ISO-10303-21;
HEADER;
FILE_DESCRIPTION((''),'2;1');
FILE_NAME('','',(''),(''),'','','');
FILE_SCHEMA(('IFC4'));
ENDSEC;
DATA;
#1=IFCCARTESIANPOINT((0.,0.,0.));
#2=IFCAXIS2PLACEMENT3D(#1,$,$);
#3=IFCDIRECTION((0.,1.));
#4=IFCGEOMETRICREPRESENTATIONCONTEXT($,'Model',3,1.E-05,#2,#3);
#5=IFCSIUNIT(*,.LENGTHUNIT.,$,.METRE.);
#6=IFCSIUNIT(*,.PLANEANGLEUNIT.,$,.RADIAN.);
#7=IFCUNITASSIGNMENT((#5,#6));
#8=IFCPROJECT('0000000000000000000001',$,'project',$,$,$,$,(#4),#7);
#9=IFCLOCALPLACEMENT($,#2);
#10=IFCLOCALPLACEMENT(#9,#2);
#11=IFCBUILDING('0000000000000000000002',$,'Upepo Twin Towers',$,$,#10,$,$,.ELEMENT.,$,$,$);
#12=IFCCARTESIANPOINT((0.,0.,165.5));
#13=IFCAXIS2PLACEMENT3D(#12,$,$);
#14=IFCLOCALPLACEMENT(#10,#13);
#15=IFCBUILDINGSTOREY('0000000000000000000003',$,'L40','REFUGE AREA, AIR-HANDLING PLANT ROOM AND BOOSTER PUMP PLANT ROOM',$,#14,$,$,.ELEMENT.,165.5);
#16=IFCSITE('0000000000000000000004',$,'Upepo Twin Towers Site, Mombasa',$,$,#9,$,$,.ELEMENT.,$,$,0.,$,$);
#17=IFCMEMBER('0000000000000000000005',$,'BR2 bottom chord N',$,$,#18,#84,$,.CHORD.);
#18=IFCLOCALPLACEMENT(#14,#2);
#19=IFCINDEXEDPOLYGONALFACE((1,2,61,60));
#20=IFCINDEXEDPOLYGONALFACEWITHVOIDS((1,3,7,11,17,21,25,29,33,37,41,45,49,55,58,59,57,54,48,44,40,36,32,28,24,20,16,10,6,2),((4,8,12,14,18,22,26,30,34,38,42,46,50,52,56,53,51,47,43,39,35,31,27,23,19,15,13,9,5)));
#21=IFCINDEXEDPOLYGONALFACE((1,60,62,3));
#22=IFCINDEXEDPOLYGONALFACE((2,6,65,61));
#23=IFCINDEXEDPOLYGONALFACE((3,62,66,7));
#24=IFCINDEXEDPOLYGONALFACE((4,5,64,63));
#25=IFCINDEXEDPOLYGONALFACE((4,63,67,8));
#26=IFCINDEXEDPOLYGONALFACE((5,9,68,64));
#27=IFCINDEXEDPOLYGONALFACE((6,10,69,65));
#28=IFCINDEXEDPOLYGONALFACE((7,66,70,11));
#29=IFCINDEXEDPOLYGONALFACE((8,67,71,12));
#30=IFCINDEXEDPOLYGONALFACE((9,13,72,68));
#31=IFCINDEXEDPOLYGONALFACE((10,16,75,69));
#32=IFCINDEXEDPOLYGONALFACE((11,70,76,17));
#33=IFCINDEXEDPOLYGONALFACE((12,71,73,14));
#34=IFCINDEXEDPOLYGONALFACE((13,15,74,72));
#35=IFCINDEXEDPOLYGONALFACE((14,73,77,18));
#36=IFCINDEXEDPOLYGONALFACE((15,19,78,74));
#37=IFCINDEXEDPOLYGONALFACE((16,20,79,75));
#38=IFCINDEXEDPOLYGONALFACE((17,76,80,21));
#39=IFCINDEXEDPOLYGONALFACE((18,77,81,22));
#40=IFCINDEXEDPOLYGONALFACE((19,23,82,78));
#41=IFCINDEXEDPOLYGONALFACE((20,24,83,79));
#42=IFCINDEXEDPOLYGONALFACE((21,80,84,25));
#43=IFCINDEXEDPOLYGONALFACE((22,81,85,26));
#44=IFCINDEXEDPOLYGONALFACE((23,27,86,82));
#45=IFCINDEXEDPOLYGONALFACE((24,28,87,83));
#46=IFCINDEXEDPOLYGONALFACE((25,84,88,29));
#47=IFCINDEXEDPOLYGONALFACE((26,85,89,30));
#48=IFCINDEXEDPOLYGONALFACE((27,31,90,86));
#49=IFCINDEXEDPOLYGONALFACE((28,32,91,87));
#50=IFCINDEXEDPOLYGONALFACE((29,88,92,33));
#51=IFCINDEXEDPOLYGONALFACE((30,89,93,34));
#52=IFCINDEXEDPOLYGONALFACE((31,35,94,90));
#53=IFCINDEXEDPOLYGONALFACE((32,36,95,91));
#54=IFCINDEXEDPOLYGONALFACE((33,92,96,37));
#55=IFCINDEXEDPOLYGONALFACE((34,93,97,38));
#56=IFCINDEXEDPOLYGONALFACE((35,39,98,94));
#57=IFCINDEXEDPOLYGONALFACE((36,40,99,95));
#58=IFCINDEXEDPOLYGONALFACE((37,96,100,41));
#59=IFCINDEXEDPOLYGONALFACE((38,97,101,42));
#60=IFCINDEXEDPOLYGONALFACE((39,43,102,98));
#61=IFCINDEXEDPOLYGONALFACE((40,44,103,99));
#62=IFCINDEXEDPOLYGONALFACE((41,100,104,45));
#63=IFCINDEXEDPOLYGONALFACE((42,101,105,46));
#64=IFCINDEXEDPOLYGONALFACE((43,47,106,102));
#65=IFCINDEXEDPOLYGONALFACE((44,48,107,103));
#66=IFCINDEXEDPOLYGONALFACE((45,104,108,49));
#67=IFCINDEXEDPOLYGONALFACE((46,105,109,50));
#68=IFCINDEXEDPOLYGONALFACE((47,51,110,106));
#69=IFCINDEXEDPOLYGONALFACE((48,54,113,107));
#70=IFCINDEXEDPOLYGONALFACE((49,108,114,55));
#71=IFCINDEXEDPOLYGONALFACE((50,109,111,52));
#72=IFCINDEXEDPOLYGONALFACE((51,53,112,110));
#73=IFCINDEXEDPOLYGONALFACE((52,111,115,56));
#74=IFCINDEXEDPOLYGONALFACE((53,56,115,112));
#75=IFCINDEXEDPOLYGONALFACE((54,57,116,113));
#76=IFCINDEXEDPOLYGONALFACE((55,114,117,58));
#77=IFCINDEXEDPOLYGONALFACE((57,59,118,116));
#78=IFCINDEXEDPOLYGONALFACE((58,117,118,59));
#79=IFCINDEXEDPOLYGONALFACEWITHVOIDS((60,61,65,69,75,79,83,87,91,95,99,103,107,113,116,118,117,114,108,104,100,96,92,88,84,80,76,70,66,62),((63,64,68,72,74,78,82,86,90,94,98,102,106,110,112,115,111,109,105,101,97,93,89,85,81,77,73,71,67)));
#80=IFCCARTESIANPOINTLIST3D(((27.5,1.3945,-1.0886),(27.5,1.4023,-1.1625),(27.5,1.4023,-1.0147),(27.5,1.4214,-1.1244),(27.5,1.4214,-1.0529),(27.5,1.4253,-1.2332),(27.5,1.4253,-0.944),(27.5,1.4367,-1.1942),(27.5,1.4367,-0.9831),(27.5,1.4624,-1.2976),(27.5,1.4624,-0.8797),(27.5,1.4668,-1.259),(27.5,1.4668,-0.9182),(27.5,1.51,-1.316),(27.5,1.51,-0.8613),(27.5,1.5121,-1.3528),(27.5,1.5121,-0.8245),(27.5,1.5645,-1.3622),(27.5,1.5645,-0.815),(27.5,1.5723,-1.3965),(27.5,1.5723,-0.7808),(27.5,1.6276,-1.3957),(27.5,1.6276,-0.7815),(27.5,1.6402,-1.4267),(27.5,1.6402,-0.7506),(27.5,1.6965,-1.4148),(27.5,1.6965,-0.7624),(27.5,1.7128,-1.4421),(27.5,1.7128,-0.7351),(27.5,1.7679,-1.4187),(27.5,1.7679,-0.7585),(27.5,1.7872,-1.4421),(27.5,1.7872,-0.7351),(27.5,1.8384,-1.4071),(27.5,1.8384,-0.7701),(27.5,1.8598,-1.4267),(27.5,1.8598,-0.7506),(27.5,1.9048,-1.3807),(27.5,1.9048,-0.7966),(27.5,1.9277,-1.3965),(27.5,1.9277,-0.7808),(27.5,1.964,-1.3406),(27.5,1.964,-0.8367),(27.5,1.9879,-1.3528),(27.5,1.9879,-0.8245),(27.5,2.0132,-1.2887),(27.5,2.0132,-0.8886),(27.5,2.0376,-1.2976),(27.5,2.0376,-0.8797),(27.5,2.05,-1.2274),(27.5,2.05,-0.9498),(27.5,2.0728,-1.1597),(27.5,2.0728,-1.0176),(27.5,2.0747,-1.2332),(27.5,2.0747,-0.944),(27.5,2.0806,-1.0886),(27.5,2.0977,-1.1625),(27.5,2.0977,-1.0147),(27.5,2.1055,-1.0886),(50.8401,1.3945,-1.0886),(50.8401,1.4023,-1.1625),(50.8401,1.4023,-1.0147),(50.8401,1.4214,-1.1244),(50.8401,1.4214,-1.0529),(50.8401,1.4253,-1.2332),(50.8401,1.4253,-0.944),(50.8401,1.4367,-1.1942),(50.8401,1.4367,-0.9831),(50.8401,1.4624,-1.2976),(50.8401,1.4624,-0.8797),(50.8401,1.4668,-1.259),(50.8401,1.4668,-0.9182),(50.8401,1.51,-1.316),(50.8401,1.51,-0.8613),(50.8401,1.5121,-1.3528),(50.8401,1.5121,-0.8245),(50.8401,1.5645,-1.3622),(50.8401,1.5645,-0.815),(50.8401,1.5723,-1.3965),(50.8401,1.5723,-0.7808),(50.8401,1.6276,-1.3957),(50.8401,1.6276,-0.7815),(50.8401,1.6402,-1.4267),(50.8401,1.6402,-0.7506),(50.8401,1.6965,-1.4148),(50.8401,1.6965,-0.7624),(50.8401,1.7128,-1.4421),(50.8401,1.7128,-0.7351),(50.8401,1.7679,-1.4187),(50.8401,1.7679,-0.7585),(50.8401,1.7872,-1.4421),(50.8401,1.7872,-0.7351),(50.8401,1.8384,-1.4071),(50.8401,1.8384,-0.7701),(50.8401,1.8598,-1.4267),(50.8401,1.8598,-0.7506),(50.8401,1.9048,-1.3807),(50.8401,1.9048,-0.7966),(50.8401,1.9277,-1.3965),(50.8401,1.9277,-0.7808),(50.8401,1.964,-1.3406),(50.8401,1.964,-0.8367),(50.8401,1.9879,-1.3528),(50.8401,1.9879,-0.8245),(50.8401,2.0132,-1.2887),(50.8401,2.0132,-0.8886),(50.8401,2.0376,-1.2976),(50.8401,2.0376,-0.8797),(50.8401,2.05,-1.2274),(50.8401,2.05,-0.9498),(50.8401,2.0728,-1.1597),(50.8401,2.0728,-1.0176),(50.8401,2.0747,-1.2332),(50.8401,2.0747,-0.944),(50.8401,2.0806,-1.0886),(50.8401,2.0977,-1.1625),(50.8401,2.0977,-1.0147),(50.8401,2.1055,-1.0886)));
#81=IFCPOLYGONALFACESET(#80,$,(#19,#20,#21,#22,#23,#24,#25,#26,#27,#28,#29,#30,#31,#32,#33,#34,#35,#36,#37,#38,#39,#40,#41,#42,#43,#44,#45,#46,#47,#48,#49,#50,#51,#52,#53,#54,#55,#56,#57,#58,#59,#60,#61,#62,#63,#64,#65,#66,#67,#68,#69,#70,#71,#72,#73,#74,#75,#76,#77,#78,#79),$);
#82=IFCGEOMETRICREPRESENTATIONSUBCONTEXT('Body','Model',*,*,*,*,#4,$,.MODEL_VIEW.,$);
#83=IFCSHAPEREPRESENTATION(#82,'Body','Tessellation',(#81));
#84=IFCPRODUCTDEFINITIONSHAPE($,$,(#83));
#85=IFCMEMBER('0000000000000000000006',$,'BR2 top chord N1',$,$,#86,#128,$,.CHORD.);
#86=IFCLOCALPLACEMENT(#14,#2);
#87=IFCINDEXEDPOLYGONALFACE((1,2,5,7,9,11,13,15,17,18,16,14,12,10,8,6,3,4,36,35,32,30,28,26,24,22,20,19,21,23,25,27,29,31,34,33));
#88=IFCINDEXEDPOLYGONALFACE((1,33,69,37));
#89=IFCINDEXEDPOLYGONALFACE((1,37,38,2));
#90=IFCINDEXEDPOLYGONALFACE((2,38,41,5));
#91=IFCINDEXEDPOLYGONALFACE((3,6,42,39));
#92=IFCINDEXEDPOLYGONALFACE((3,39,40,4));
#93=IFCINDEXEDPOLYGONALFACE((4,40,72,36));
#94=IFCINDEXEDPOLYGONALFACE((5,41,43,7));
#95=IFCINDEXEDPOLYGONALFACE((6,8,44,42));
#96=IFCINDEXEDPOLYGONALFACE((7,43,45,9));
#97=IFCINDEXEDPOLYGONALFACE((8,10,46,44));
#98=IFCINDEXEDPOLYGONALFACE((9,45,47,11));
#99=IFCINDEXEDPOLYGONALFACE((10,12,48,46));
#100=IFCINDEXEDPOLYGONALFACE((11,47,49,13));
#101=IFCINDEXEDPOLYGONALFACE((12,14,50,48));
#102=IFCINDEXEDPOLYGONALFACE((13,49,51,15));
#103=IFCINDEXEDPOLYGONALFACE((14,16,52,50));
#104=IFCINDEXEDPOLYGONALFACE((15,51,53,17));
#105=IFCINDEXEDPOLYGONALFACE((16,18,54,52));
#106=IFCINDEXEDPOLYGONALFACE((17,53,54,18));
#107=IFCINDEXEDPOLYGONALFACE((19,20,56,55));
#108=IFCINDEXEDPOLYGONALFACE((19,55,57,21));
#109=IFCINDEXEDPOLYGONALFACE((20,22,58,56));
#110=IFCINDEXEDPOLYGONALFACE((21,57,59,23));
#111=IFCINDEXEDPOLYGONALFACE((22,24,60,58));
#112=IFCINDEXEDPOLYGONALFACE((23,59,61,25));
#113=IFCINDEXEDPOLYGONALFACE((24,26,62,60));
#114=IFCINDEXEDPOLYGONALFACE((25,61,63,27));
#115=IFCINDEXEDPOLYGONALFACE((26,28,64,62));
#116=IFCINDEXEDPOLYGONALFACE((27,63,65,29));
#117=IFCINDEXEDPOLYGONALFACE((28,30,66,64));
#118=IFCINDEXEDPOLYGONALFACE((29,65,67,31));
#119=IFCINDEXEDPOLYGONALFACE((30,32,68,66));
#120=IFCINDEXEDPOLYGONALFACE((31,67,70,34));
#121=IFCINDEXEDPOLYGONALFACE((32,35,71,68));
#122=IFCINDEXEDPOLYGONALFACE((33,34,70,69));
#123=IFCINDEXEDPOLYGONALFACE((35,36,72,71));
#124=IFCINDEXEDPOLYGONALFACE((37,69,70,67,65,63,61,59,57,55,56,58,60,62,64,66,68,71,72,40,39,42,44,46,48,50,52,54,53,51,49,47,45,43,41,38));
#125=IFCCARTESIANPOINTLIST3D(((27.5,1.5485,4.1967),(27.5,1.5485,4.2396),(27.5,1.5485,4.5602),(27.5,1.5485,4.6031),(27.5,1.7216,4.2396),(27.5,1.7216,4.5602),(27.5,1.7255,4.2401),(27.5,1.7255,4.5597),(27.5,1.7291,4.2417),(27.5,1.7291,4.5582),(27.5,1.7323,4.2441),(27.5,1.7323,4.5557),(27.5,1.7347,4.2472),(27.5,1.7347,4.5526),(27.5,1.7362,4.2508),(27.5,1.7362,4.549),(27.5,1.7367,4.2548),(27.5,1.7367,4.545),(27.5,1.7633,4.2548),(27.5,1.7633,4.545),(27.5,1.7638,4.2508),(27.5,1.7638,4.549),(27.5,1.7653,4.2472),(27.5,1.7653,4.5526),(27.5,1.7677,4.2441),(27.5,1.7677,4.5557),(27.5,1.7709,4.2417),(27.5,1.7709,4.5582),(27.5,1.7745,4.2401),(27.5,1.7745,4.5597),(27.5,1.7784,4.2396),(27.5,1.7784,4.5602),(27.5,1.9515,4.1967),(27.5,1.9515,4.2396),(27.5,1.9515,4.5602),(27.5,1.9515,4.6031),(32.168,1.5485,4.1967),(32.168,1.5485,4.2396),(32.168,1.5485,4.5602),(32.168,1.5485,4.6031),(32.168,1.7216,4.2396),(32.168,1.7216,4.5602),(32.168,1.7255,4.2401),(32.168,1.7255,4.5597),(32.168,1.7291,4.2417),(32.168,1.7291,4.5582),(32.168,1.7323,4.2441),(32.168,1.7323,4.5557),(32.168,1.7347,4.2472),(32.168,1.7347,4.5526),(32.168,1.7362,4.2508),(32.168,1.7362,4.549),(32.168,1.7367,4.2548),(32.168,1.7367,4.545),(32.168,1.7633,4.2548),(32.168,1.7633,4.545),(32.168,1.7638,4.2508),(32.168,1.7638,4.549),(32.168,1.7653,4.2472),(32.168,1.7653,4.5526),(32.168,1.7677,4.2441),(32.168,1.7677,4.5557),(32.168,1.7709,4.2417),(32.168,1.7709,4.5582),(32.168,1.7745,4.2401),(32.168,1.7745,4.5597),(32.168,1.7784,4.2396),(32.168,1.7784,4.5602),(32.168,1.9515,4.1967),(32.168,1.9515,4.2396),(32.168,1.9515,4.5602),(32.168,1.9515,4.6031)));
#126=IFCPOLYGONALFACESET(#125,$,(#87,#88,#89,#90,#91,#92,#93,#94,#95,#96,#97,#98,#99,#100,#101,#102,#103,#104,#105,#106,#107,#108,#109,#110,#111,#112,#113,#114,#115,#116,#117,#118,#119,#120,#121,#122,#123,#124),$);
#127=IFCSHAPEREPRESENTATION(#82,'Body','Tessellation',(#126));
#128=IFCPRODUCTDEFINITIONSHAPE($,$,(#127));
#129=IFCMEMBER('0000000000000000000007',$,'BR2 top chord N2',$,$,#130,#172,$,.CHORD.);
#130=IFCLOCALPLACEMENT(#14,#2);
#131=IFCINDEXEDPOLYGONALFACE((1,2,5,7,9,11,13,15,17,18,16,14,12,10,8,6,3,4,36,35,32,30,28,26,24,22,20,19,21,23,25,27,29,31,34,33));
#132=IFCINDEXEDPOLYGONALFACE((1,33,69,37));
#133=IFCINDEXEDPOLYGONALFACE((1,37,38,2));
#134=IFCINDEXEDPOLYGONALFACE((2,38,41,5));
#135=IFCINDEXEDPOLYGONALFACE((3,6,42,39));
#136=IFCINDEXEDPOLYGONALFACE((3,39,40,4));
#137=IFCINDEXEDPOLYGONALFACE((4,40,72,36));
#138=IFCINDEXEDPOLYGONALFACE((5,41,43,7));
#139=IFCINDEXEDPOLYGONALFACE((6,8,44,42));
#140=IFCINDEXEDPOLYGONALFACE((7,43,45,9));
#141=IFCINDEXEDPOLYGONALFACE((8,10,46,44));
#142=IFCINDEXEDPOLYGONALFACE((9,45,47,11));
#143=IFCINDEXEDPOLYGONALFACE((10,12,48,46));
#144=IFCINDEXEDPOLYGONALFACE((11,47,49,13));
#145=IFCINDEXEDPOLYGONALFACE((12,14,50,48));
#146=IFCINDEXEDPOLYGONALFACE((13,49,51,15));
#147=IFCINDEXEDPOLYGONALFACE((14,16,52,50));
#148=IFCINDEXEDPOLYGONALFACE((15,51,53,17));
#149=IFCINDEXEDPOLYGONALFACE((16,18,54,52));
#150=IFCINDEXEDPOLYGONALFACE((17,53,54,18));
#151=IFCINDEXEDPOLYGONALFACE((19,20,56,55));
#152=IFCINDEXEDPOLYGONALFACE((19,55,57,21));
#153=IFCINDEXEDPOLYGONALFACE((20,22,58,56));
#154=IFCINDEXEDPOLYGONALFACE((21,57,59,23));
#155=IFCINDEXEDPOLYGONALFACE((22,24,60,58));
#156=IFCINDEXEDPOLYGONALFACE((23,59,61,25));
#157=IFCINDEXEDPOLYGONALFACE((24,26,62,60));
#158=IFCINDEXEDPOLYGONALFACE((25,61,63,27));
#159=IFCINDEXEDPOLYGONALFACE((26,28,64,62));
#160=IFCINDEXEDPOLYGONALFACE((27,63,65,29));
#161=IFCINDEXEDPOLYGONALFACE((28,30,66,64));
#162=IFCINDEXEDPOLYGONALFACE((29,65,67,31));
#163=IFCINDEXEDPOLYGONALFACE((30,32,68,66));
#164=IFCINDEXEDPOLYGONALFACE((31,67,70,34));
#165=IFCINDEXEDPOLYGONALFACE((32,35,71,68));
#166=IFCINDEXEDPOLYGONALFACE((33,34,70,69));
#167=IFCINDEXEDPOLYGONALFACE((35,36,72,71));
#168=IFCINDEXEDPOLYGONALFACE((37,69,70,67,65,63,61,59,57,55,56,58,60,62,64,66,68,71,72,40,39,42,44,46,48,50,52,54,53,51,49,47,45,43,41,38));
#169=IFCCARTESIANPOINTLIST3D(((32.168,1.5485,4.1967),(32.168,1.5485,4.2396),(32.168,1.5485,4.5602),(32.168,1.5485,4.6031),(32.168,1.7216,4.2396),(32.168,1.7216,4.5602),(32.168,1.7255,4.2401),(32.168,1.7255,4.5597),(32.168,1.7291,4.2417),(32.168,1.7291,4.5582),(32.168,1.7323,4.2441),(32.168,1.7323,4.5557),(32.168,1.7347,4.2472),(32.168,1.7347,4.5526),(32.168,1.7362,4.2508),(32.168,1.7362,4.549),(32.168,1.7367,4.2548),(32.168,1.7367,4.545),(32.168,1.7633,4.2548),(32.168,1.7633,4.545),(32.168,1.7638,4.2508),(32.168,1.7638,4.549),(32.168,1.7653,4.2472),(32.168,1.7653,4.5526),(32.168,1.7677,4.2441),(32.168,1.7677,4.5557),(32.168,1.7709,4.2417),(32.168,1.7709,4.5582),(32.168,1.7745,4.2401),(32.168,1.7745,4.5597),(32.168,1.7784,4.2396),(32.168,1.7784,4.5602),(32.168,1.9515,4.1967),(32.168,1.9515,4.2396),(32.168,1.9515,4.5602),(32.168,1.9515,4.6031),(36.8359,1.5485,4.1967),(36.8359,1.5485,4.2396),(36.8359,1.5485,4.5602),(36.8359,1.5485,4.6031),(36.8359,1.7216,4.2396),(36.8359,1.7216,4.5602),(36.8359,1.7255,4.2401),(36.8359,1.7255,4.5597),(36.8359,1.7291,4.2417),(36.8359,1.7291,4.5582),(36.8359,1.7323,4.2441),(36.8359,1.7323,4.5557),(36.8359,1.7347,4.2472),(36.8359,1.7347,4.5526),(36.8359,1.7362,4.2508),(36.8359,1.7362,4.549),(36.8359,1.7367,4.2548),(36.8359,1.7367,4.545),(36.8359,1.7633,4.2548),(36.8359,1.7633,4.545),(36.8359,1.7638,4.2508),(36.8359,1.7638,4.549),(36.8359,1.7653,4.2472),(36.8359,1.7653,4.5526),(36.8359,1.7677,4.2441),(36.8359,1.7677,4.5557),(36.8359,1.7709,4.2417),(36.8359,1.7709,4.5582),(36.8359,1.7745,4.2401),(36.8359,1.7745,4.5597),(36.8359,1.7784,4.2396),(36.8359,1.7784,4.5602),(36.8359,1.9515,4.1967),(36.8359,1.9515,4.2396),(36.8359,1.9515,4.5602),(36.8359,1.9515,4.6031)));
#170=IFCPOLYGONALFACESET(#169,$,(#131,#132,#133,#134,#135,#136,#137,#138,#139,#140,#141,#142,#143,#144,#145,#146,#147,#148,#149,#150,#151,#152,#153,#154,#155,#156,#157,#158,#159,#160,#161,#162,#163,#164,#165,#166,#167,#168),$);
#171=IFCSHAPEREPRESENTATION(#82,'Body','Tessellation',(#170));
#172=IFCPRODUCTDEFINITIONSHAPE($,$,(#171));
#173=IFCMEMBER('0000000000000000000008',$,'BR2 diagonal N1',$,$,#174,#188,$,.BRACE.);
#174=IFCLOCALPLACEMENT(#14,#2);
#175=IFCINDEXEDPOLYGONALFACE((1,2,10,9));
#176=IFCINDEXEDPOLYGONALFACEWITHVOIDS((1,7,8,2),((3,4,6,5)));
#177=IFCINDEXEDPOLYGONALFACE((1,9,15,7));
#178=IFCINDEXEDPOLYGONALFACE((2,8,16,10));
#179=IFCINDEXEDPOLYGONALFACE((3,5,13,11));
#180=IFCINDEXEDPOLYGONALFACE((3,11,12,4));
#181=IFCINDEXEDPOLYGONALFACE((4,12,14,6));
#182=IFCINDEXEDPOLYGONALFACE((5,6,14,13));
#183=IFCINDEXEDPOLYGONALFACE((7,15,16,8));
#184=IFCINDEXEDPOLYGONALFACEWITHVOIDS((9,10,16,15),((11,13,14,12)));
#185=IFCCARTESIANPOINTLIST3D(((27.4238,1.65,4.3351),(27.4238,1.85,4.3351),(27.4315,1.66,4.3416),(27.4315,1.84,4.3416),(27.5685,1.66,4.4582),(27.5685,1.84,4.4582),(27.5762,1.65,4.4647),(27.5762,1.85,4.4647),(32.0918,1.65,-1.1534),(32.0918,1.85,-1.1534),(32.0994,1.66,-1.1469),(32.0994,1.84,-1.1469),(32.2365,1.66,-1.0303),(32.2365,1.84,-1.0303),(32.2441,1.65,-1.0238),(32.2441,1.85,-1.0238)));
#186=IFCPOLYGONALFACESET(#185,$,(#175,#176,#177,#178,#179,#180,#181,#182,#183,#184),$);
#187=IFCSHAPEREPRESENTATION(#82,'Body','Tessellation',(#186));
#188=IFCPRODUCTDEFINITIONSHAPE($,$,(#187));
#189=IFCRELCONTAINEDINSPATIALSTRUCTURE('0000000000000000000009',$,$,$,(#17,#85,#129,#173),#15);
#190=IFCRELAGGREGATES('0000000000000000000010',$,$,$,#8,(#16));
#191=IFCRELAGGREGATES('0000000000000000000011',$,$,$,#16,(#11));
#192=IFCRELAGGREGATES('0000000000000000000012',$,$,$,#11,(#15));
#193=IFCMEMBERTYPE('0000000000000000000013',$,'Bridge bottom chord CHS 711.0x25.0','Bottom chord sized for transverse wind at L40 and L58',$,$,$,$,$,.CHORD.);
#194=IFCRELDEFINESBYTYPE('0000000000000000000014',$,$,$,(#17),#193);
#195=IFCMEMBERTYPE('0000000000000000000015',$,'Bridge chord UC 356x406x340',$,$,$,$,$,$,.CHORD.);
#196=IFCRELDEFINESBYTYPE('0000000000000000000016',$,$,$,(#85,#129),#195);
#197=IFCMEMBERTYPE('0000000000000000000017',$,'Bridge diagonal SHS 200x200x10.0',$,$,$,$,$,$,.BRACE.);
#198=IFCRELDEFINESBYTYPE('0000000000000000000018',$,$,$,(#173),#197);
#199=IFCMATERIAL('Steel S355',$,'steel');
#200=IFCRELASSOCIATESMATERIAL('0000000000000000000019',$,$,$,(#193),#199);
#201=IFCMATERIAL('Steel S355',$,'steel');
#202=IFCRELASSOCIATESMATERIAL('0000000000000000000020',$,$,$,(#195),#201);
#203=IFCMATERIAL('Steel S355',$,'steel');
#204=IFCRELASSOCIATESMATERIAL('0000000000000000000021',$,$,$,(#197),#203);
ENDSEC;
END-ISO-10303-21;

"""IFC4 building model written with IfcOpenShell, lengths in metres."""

from ifc_helpers import new_model, si_unit, direction, frame, origin, origin_2d, place, context, subcontext, project, spatial, hollow_rectangle, hollow_circle, i_section, extrude, material, material_profile, profile_set, type_object, element, save


model = new_model("IFC4")

# Units and contexts
model_context = context("Model", 3, precision=1e-05, world=origin(), true_north=direction((0.0, 1.0)))
body_context = subcontext(model_context, "Body", "Model", "MODEL_VIEW")
ifc_project = project(units=[si_unit("LENGTHUNIT", "METRE"), si_unit("PLANEANGLEUNIT", "RADIAN")], contexts=[model_context])

# Site, building, storey
site_placement = place(None, origin())
site = spatial("IfcSite", under=ifc_project, at=site_placement, Name="Upepo Twin Towers Site, Mombasa", CompositionType="ELEMENT", RefElevation=0.0)
building_placement = place(site_placement, origin())
building = spatial("IfcBuilding", under=site, at=building_placement, Name="Upepo Twin Towers", CompositionType="ELEMENT")
storey_placement = place(building_placement, frame((0.0, 0.0, 165.5)))
storey = spatial("IfcBuildingStorey", under=building, at=storey_placement, Name="L40", Description="REFUGE AREA, AIR-HANDLING PLANT ROOM AND BOOSTER PUMP PLANT ROOM", CompositionType="ELEMENT", Elevation=165.5)

# Members
ifc_material_1 = material(Name="Steel S355", Category="steel")
ifc_material_profile_1 = material_profile(ifc_material_1, hollow_circle(Radius=0.3555, WallThickness=0.0249, at=origin_2d()), Name="CHS 711.0x25.0")
ifc_profile_set_1 = profile_set([ifc_material_profile_1], Name="Steel S355")
member_type_1 = type_object("IfcMemberType", Name="Bridge bottom chord CHS 711.0x25.0", Description="Bottom chord sized for transverse wind at L40 and L58", PredefinedType="CHORD", material=ifc_profile_set_1)
member_1_placement = place(storey_placement, frame((27.5, 1.75, -1.0886), z_axis=(1.0, 0.0, 0.0), x_axis=(0.0, 1.0, 0.0)))
element("IfcMember", 1, at=member_1_placement, inside=storey, type_object=member_type_1, Name="BR2 bottom chord N", PredefinedType="CHORD", context=body_context, shape_type="SweptSolid", body=[
    extrude(hollow_circle(Radius=0.3555, WallThickness=0.0249, at=origin_2d()), origin(), (0.0, 0.0, 1.0), 23.3401),
])
ifc_material_2 = material(Name="Steel S355", Category="steel")
ifc_material_profile_2 = material_profile(ifc_material_2, i_section(OverallWidth=0.4031, OverallDepth=0.4065, WebThickness=0.0266, FlangeThickness=0.043, FilletRadius=0.0151, at=origin_2d()), Name="UC 356x406x340")
ifc_profile_set_2 = profile_set([ifc_material_profile_2], Name="Steel S355")
member_type_2 = type_object("IfcMemberType", Name="Bridge chord UC 356x406x340", PredefinedType="CHORD", material=ifc_profile_set_2)
for number, where, z_axis, x_axis, name in (
    (2, (27.5, 1.75, 4.3999), (1.0, 0.0, 0.0), (0.0, 1.0, 0.0), "BR2 top chord N1"),
    (3, (32.168, 1.75, 4.3999), (1.0, 0.0, 0.0), (0.0, 1.0, 0.0), "BR2 top chord N2"),
):
    element("IfcMember", number, at=place(storey_placement, frame(where, z_axis=z_axis, x_axis=x_axis)), inside=storey, type_object=member_type_2, Name=name, PredefinedType="CHORD", context=body_context, shape_type="SweptSolid", body=[
        extrude(i_section(OverallWidth=0.4031, OverallDepth=0.4065, WebThickness=0.0266, FlangeThickness=0.043, FilletRadius=0.0151, at=origin_2d()), origin(), (0.0, 0.0, 1.0), 4.668),
    ])
ifc_material_3 = material(Name="Steel S355", Category="steel")
ifc_material_profile_3 = material_profile(ifc_material_3, hollow_rectangle(XDim=0.2, YDim=0.2, WallThickness=0.01, at=origin_2d()), Name="SHS 200x200x10.0")
ifc_profile_set_3 = profile_set([ifc_material_profile_3], Name="Steel S355")
member_type_3 = type_object("IfcMemberType", Name="Bridge diagonal SHS 200x200x10.0", PredefinedType="BRACE", material=ifc_profile_set_3)
for number, where, z_axis, x_axis, name in (
    (4, (27.5, 1.75, 4.3999), (0.647868, 0.0, -0.761753), (0.0, 1.0, 0.0), "BR2 diagonal N1"),
):
    element("IfcMember", number, at=place(storey_placement, frame(where, z_axis=z_axis, x_axis=x_axis)), inside=storey, type_object=member_type_3, Name=name, PredefinedType="BRACE", context=body_context, shape_type="SweptSolid", body=[
        extrude(hollow_rectangle(XDim=0.2, YDim=0.2, WallThickness=0.01, at=origin_2d()), origin(), (0.0, 0.0, 1.0), 7.2051),
    ])

save(model, "model.ifc")
